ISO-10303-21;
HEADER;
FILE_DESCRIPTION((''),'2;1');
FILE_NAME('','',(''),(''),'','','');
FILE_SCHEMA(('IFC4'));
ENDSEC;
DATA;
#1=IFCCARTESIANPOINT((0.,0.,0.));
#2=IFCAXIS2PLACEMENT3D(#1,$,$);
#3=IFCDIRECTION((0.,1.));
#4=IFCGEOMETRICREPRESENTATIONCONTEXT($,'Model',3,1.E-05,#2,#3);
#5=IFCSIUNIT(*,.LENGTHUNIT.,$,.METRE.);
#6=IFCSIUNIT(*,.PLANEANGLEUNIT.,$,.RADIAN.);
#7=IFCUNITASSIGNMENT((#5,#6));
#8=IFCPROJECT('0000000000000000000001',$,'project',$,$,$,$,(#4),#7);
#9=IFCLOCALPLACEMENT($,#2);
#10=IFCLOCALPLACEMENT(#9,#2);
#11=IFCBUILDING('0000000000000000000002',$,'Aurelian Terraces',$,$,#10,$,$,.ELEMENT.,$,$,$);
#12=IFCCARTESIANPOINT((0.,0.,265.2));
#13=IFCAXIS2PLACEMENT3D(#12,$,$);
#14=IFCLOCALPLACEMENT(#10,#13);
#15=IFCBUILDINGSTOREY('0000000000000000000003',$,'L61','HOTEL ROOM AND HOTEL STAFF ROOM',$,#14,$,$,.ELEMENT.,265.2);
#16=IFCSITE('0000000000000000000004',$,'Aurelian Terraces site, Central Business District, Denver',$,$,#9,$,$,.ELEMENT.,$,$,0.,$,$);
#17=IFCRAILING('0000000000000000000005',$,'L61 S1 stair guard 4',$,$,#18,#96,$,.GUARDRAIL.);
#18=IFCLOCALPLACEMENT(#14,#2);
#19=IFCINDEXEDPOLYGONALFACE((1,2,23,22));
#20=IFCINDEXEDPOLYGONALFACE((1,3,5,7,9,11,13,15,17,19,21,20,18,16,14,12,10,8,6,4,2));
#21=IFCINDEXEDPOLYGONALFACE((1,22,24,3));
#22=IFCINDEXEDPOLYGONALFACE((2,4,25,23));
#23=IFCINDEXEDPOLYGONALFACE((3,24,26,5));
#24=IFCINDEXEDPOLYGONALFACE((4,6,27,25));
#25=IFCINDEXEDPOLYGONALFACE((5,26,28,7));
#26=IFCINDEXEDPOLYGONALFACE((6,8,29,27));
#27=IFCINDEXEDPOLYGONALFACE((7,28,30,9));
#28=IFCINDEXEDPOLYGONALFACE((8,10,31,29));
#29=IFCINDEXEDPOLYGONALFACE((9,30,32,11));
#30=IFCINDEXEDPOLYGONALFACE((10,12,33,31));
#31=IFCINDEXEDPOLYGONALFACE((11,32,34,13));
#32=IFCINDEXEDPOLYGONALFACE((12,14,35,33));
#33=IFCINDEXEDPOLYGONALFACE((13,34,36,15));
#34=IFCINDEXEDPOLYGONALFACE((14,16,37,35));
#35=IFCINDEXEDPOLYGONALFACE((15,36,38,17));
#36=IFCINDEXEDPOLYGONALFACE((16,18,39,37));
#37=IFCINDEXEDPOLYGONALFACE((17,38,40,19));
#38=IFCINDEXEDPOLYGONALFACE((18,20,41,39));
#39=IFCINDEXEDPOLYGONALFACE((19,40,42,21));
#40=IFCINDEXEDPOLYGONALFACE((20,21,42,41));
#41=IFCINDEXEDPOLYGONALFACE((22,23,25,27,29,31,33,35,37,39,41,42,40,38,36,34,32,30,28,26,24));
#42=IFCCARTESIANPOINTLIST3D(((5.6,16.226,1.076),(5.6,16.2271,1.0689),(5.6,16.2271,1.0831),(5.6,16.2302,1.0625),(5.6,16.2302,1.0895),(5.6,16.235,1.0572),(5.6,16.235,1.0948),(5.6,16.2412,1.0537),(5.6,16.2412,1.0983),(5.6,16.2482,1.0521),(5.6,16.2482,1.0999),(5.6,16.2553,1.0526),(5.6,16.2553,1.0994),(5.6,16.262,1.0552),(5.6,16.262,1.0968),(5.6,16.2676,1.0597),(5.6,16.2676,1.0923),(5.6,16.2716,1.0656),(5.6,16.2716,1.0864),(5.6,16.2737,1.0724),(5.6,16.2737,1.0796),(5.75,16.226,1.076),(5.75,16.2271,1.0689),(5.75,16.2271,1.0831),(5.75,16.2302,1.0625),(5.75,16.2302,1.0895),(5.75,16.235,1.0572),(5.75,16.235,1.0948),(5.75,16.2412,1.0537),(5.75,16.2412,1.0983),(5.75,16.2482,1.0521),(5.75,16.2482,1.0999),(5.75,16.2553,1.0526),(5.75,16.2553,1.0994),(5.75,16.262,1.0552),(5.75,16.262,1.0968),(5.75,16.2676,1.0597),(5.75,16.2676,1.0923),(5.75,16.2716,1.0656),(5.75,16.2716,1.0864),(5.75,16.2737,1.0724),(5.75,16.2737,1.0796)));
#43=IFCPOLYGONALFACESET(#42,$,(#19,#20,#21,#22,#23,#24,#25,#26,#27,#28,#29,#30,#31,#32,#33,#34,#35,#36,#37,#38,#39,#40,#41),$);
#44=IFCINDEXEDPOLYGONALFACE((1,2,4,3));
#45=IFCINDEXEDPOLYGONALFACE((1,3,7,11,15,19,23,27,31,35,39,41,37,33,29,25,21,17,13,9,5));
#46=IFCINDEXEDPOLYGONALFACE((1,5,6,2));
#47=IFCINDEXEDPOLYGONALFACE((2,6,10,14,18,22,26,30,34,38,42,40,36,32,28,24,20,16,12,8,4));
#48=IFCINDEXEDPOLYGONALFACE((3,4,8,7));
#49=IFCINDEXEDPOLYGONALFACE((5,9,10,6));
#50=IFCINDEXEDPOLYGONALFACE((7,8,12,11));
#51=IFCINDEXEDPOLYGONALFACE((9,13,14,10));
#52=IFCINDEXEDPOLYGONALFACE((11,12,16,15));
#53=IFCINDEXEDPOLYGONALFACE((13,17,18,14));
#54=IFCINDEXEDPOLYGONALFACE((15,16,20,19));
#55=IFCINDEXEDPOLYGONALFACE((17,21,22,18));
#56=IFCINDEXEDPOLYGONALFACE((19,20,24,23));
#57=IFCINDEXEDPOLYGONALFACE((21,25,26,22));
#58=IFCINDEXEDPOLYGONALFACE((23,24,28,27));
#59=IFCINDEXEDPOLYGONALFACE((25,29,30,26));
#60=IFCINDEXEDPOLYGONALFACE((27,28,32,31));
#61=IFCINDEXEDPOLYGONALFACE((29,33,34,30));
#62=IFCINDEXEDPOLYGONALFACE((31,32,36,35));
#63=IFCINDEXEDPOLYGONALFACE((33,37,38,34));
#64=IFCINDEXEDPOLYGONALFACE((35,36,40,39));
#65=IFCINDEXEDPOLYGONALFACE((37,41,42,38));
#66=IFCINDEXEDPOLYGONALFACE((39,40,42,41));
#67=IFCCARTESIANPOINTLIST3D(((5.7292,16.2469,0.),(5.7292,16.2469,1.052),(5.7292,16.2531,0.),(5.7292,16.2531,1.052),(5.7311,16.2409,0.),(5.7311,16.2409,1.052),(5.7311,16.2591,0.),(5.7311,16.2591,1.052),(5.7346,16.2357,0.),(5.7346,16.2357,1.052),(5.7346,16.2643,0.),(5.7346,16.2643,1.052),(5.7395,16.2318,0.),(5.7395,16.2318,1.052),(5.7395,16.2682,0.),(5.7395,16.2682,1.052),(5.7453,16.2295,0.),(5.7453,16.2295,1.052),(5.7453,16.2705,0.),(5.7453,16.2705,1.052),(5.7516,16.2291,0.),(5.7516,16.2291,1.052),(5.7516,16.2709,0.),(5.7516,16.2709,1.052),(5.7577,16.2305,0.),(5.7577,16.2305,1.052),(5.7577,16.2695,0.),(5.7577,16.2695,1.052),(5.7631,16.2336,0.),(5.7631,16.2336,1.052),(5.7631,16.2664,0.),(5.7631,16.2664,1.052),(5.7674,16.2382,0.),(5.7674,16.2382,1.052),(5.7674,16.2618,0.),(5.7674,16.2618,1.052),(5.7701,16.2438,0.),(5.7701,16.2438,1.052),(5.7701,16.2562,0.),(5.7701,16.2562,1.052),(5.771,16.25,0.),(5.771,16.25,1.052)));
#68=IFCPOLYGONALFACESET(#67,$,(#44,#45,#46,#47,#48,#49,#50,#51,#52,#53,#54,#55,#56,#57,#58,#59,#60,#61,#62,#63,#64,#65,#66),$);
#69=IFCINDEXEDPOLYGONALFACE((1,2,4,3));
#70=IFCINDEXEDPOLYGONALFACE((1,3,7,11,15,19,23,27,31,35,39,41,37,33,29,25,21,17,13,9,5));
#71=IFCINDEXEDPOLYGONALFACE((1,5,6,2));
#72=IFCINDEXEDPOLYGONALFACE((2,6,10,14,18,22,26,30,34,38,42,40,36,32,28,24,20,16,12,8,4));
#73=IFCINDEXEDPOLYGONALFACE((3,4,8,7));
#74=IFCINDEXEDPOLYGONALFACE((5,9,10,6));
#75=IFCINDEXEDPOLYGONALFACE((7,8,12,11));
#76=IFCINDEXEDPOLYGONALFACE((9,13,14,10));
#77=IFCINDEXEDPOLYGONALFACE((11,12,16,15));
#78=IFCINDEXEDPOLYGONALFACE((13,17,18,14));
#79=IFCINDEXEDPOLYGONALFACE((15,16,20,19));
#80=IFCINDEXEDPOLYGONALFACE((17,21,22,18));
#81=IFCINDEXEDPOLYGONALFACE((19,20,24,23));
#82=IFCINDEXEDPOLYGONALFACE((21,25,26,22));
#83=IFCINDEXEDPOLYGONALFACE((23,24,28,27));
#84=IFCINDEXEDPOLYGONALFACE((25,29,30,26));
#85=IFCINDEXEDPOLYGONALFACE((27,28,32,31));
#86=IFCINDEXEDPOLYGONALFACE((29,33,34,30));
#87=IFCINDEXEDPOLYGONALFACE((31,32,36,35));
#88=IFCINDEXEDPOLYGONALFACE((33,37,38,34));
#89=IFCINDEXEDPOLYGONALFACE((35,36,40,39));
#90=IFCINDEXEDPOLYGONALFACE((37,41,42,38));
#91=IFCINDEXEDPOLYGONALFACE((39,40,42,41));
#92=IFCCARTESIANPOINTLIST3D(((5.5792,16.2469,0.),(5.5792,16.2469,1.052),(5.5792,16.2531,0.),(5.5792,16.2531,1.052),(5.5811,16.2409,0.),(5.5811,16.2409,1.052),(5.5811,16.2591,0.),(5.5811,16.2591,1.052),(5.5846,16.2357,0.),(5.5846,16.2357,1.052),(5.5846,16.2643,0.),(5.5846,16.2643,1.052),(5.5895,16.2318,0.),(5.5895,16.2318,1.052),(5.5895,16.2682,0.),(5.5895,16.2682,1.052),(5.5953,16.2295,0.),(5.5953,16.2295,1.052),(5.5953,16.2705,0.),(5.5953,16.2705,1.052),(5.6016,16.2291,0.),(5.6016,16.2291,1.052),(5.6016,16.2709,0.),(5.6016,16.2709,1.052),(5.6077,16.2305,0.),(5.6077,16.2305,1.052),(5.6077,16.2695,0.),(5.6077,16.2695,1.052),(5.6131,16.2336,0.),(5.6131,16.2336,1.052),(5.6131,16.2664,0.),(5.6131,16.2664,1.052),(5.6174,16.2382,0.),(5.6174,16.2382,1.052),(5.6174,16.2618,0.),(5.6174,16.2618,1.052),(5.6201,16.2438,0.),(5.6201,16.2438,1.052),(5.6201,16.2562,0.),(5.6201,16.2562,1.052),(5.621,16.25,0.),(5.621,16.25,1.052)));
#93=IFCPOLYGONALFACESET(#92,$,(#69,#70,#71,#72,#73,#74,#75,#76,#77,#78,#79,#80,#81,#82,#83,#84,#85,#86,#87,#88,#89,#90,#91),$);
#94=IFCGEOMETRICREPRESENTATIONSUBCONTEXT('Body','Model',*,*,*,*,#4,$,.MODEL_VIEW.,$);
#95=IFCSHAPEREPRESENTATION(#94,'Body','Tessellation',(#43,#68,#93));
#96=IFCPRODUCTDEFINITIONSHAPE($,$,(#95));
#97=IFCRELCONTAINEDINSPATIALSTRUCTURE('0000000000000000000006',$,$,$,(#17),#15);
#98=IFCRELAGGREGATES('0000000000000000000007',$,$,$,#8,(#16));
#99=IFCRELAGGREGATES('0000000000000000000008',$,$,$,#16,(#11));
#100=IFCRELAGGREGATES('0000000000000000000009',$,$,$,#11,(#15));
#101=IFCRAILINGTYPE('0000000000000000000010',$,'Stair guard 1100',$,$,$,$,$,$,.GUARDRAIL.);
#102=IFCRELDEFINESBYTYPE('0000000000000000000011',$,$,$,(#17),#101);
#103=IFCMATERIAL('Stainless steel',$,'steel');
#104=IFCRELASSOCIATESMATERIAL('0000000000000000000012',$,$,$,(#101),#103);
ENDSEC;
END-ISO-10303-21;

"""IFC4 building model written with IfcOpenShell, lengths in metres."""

from ifc_helpers import new_model, si_unit, direction, frame, origin, origin_2d, place, context, subcontext, project, spatial, circle, extrude, source, transform, mapped, material, type_object, element, save


model = new_model("IFC4")

# Units and contexts
model_context = context("Model", 3, precision=1e-05, world=origin(), true_north=direction((0.0, 1.0)))
body_context = subcontext(model_context, "Body", "Model", "MODEL_VIEW")
ifc_project = project(units=[si_unit("LENGTHUNIT", "METRE"), si_unit("PLANEANGLEUNIT", "RADIAN")], contexts=[model_context])

# Site, building, storey
site_placement = place(None, origin())
site = spatial("IfcSite", under=ifc_project, at=site_placement, Name="Aurelian Terraces site, Central Business District, Denver", CompositionType="ELEMENT", RefElevation=0.0)
building_placement = place(site_placement, origin())
building = spatial("IfcBuilding", under=site, at=building_placement, Name="Aurelian Terraces", CompositionType="ELEMENT")
storey_placement = place(building_placement, frame((0.0, 0.0, 265.2)))
storey = spatial("IfcBuildingStorey", under=building, at=storey_placement, Name="L61", Description="HOTEL ROOM AND HOTEL STAFF ROOM", CompositionType="ELEMENT", Elevation=265.2)

# Railing
ifc_material_1 = material(Name="Stainless steel", Category="steel")
railing_type_1 = type_object("IfcRailingType", Name="Stair guard 1100", PredefinedType="GUARDRAIL", material=ifc_material_1)
shared_shape_1 = source(origin(), body_context, "Body", "SweptSolid", [
    extrude(circle(Radius=0.024, at=origin_2d()), frame((0.0, 0.0, 1.076), z_axis=(-1.0, 0.0, 0.0), x_axis=(0.0, -1.0, 0.0)), (0.0, 0.0, 1.0), 0.15),
    extrude(circle(Radius=0.021, at=origin_2d()), origin(), (0.0, 0.0, 1.0), 1.052),
    extrude(circle(Radius=0.021, at=origin_2d()), frame((-0.15, 0.0, 0.0)), (0.0, 0.0, 1.0), 1.052),
])
for number, where, name in (
    (1, (5.75, 16.25, 0.0), "L61 S1 stair guard 4"),
):
    element("IfcRailing", number, at=place(storey_placement, frame(where)), inside=storey, type_object=railing_type_1, Name=name, PredefinedType="GUARDRAIL", context=body_context, shape_type="MappedRepresentation", body=[
        mapped(shared_shape_1, transform((0.0, 0.0, 0.0), scale=1.0)),
    ])

save(model, "model.ifc")
